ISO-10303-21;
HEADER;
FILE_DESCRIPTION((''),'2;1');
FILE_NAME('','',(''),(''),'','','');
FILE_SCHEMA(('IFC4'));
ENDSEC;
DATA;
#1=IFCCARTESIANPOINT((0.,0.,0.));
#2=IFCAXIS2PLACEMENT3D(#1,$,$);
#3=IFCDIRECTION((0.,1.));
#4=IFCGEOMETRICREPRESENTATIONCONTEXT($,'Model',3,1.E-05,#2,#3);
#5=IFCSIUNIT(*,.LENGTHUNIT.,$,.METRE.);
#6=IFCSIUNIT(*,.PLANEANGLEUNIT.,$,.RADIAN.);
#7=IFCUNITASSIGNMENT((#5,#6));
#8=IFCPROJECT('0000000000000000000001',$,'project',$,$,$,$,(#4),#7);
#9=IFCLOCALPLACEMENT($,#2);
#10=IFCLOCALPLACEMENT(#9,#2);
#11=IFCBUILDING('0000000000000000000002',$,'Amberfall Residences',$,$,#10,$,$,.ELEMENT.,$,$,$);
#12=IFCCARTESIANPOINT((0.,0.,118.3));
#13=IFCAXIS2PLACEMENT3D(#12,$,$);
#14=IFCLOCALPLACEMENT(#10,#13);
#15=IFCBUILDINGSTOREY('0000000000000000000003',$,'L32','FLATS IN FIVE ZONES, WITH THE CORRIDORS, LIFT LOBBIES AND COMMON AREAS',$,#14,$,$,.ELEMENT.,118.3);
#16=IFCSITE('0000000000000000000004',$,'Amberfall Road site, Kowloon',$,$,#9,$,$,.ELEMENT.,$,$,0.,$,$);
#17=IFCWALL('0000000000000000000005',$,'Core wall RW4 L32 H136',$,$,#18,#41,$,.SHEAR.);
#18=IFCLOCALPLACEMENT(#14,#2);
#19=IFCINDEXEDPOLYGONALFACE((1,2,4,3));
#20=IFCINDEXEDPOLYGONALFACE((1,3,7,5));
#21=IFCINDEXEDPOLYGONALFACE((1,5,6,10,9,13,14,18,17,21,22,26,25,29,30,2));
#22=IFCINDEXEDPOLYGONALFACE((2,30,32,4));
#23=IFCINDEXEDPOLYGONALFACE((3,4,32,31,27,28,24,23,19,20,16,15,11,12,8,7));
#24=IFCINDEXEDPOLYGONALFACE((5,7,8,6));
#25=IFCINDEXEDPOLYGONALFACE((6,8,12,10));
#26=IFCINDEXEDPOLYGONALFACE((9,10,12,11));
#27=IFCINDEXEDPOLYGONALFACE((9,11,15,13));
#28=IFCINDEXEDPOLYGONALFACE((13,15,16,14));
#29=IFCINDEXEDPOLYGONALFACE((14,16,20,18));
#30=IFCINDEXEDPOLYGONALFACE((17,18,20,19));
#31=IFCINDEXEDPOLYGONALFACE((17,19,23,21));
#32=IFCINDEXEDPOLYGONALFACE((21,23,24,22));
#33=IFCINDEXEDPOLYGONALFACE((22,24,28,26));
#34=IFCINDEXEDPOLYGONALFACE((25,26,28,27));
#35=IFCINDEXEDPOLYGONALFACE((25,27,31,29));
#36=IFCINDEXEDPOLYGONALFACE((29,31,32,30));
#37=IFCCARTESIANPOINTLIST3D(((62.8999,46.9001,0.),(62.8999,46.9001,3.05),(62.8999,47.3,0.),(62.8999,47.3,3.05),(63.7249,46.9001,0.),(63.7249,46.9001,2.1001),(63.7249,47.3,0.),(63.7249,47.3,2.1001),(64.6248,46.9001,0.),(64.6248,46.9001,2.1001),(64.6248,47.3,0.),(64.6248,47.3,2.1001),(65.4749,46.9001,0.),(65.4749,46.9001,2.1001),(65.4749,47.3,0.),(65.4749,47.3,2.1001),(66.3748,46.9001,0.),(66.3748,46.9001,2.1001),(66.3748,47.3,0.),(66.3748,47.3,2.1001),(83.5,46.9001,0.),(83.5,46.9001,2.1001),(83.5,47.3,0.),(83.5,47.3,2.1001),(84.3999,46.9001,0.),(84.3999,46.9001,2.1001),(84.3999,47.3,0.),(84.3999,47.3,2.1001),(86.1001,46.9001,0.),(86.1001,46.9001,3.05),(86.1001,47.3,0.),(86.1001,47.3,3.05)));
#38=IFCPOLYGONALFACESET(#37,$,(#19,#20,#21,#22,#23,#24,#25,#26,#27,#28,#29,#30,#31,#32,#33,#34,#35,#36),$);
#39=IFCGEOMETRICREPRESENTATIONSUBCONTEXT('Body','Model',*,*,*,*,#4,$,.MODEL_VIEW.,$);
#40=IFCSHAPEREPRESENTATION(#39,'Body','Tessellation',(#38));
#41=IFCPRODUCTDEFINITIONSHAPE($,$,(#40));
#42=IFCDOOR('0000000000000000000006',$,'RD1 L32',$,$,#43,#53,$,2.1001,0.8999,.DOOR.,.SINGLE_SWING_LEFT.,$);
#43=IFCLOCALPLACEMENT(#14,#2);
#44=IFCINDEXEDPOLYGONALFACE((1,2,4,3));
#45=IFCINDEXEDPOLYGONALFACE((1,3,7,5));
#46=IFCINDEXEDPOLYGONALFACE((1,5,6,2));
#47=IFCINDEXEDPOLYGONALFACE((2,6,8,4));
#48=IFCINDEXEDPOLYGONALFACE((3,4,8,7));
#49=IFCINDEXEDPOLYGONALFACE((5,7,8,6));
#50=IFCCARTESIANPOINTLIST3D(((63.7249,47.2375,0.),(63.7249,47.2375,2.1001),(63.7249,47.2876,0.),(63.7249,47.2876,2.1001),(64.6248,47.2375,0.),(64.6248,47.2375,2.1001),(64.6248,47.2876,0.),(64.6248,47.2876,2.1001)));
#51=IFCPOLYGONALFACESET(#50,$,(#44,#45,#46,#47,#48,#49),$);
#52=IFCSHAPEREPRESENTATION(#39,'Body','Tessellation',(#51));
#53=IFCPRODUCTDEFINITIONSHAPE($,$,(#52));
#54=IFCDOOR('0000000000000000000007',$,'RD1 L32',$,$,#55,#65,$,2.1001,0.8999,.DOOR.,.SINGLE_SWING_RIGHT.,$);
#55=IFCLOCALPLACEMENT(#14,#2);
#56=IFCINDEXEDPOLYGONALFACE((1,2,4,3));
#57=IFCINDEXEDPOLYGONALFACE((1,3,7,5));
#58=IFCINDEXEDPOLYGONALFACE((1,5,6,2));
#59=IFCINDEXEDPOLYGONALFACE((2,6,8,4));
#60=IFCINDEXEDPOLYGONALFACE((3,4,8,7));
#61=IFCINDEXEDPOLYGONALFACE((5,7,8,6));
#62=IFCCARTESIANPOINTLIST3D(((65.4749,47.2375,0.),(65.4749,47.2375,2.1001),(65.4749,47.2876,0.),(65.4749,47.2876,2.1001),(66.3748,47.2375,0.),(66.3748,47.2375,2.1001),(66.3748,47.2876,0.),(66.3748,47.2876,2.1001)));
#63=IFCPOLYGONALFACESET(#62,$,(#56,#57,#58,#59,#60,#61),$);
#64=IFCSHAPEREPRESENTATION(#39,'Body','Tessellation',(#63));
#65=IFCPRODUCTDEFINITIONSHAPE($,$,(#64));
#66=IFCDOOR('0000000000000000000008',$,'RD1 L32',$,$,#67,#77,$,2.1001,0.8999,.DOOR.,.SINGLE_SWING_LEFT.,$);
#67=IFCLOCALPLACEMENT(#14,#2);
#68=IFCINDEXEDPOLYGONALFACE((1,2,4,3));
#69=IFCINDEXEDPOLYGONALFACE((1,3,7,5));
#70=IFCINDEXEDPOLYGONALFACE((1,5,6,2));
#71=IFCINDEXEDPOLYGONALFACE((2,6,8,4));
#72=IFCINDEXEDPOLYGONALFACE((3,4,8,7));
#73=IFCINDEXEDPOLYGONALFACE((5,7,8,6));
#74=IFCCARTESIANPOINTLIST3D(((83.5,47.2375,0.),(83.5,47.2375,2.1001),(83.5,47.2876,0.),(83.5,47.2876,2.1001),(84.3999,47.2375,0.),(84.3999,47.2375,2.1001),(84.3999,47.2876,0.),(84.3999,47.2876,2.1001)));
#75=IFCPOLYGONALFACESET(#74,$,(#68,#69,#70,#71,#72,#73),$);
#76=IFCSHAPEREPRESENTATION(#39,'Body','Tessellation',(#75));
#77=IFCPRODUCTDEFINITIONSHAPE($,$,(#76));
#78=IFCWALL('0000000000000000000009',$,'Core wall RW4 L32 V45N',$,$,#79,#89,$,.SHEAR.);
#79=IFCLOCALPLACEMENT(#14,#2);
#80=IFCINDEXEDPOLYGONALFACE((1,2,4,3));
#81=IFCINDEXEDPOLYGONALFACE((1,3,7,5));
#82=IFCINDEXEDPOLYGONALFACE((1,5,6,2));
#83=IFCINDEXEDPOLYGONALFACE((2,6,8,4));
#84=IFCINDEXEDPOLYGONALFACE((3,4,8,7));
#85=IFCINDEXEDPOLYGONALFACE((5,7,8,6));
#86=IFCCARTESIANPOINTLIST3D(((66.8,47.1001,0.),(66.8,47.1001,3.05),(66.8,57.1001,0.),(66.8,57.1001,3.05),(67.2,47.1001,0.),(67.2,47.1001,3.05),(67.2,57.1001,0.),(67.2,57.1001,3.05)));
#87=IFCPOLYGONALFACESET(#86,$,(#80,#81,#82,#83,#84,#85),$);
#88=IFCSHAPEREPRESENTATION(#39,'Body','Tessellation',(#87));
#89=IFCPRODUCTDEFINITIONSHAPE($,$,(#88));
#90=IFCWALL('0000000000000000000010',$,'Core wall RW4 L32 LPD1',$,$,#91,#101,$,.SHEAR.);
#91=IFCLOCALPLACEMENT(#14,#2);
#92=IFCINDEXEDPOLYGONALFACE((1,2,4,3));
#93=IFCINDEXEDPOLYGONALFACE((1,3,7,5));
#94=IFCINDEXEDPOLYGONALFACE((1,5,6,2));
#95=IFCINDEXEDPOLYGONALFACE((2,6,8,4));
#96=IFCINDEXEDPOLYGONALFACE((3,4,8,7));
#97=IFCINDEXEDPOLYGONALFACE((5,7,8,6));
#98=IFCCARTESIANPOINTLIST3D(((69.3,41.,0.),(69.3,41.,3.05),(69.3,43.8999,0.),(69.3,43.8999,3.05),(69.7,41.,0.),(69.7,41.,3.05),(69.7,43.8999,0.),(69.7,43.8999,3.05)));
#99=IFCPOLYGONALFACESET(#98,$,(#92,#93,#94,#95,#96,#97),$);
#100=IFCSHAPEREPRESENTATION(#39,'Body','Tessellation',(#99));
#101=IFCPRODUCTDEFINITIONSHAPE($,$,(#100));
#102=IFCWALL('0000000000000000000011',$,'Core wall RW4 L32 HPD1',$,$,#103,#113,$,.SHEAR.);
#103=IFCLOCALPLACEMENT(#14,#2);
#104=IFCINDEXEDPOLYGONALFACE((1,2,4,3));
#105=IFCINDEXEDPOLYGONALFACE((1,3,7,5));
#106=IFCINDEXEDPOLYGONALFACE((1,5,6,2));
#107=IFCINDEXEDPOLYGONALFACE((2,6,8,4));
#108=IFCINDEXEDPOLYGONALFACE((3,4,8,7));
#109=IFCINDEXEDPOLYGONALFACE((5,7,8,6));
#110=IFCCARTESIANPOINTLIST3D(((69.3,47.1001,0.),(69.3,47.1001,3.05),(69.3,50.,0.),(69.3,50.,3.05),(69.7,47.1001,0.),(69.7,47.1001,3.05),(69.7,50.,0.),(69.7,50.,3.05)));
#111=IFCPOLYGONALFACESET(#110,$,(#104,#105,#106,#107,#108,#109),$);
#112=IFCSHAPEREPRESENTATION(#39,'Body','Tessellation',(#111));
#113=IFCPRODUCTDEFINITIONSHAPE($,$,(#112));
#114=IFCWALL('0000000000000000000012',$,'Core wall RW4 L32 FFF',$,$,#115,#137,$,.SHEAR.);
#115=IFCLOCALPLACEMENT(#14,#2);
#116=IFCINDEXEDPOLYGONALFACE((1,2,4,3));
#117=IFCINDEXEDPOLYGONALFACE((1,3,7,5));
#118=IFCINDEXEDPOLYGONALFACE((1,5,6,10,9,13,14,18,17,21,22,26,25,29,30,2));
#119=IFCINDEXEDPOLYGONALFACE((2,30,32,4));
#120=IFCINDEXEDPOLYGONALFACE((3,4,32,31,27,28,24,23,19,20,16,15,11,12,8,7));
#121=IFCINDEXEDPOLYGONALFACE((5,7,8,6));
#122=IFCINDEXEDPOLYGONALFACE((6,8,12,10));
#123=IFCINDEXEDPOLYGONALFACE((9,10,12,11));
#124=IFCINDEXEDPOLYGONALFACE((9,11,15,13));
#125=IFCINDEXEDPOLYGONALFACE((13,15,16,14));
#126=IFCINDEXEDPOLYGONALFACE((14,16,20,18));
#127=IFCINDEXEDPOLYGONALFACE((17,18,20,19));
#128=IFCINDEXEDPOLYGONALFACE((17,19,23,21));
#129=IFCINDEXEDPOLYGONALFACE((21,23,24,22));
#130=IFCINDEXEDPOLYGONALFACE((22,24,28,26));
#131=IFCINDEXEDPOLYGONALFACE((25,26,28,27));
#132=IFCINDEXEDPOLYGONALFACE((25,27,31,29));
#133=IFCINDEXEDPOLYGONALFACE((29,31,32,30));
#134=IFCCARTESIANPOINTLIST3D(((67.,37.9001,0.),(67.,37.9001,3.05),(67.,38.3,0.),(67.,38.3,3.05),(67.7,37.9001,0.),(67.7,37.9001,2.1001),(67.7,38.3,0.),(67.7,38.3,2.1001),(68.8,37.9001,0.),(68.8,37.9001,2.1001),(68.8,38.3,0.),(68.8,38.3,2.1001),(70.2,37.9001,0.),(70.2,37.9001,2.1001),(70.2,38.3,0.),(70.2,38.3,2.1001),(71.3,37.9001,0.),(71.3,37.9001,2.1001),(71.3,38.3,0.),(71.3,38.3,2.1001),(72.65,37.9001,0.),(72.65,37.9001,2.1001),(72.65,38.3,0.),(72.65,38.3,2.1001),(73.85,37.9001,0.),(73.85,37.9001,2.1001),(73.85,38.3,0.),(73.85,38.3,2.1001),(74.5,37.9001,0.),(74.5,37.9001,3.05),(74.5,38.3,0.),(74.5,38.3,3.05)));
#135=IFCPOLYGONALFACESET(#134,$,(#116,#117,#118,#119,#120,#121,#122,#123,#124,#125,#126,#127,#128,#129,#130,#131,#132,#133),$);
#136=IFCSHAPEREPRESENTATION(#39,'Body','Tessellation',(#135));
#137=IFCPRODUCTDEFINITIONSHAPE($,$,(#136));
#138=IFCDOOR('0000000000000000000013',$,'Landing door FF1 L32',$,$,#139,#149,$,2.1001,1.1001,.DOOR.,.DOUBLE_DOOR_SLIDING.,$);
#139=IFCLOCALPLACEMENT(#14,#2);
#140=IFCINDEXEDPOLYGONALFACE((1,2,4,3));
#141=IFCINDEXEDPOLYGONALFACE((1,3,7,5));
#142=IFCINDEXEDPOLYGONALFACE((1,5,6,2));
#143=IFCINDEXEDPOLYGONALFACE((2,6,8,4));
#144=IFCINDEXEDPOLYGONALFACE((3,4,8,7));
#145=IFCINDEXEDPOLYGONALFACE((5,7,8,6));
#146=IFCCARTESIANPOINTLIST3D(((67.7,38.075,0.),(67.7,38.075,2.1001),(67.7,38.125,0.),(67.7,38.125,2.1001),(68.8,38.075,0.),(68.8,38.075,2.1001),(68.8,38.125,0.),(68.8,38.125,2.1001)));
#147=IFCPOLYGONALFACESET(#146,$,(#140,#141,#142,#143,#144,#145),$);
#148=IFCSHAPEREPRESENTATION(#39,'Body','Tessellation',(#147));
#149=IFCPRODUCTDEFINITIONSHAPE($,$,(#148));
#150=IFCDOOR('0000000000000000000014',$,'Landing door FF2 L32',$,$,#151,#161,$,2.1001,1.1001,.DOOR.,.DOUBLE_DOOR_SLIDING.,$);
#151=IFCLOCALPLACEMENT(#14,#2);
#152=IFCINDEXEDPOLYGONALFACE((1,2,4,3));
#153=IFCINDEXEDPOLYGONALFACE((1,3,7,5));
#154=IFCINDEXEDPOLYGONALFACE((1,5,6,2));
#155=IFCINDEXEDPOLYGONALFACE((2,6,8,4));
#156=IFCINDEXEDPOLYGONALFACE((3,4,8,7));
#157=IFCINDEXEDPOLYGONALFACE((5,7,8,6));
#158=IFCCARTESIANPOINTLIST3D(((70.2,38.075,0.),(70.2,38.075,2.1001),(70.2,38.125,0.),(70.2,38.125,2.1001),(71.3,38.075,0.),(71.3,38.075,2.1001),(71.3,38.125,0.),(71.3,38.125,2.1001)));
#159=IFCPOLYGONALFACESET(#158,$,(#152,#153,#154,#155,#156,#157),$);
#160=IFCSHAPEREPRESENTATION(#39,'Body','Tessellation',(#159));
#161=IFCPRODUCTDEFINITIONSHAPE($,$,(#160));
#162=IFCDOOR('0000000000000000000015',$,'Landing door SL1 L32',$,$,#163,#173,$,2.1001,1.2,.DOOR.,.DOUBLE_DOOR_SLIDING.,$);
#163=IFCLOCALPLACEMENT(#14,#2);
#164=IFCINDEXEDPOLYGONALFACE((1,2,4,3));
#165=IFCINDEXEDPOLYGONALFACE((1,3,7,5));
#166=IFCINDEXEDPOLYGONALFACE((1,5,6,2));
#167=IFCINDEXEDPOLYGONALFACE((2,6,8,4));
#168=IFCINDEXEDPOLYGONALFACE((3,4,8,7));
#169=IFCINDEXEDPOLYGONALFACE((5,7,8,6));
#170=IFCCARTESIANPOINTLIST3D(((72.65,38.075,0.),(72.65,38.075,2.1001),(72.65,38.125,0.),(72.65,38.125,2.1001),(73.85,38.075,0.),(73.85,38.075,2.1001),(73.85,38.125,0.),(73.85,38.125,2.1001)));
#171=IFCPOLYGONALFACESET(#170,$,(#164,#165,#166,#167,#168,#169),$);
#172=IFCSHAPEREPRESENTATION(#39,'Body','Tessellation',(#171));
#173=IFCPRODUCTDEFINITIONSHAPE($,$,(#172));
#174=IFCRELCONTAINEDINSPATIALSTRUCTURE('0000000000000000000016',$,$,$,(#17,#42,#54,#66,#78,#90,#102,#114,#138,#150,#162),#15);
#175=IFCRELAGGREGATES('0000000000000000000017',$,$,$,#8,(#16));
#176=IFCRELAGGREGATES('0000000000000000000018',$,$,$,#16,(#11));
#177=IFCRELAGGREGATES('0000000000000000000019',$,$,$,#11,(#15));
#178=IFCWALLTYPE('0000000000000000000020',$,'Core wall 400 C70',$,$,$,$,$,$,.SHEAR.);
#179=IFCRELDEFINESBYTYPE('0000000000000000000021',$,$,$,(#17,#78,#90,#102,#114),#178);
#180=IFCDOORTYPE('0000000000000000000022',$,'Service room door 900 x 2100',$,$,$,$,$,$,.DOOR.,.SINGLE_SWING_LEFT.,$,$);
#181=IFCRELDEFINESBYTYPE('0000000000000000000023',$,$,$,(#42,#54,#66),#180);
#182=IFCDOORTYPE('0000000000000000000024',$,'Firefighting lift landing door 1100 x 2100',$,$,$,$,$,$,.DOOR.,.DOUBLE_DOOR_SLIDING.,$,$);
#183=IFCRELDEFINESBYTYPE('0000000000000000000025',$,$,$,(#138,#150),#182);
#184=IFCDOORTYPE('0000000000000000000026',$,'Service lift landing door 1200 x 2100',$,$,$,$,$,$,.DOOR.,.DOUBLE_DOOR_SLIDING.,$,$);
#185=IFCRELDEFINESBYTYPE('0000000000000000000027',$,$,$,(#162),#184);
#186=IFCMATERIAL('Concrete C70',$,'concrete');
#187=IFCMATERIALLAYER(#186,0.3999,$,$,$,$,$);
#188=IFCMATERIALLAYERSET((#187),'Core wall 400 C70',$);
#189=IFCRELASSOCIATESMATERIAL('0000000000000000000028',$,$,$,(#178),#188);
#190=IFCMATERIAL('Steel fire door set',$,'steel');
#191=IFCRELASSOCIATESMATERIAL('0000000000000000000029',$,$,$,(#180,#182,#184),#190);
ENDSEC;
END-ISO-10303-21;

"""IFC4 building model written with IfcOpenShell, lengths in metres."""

from ifc_helpers import new_model, si_unit, direction, frame, frame_2d, origin, place, context, subcontext, project, spatial, rectangle, extrude, material, layer, layer_set, type_object, element, fill, save


model = new_model("IFC4")

# Units and contexts
model_context = context("Model", 3, precision=1e-05, world=origin(), true_north=direction((0.0, 1.0)))
body_context = subcontext(model_context, "Body", "Model", "MODEL_VIEW")
ifc_project = project(units=[si_unit("LENGTHUNIT", "METRE"), si_unit("PLANEANGLEUNIT", "RADIAN")], contexts=[model_context])

# Site, building, storey
site_placement = place(None, origin())
site = spatial("IfcSite", under=ifc_project, at=site_placement, Name="Amberfall Road site, Kowloon", CompositionType="ELEMENT", RefElevation=0.0)
building_placement = place(site_placement, origin())
building = spatial("IfcBuilding", under=site, at=building_placement, Name="Amberfall Residences", CompositionType="ELEMENT")
storey_placement = place(building_placement, frame((0.0, 0.0, 118.3)))
storey = spatial("IfcBuildingStorey", under=building, at=storey_placement, Name="L32", Description="FLATS IN FIVE ZONES, WITH THE CORRIDORS, LIFT LOBBIES AND COMMON AREAS", CompositionType="ELEMENT", Elevation=118.3)

# Shared definitions
ifc_material_1 = material(Name="Concrete C70", Category="concrete")
ifc_layer = layer(ifc_material_1, 0.3999)
ifc_layer_set = layer_set([ifc_layer], Name="Core wall 400 C70")
wall_type = type_object("IfcWallType", Name="Core wall 400 C70", PredefinedType="SHEAR", material=ifc_layer_set)

# Wall, openings, doors
ifc_material_2 = material(Name="Steel fire door set", Category="steel")
door_type_1 = type_object("IfcDoorType", Name="Service room door 900 x 2100", OperationType="SINGLE_SWING_LEFT", PredefinedType="DOOR", material=ifc_material_2)
wall_1_placement = place(storey_placement, frame((62.8999, 47.1001, 0.0), z_axis=(0.0, 0.0, 1.0), x_axis=(1.0, 0.0, 0.0)))
wall_1 = element("IfcWall", 1, at=wall_1_placement, inside=storey, type_object=wall_type, Name="Core wall RW4 L32 H136", PredefinedType="SHEAR", context=body_context, shape_type="SweptSolid", body=[
    extrude(rectangle(XDim=23.2002, YDim=0.3999, at=frame_2d((11.6001, 0.0))), origin(), (0.0, 0.0, 1.0), 3.05),
])
opening_1_placement = place(wall_1_placement, frame((0.825, 0.0, 0.0)))
opening_1 = element("IfcOpeningElement", 2, at=opening_1_placement, cuts=wall_1, PredefinedType="OPENING", context=body_context, shape_type="SweptSolid", body=[
    extrude(rectangle(XDim=0.8999, YDim=2.1001, at=frame_2d((0.45, 1.05))), frame((0.0, 0.21, 0.0), z_axis=(0.0, -1.0, 0.0), x_axis=(1.0, 0.0, 0.0)), (0.0, 0.0, 1.0), 0.4199),
])
opening_2_placement = place(wall_1_placement, frame((2.575, 0.0, 0.0)))
opening_2 = element("IfcOpeningElement", 3, at=opening_2_placement, cuts=wall_1, PredefinedType="OPENING", context=body_context, shape_type="SweptSolid", body=[
    extrude(rectangle(XDim=0.8999, YDim=2.1001, at=frame_2d((0.45, 1.05))), frame((0.0, 0.21, 0.0), z_axis=(0.0, -1.0, 0.0), x_axis=(1.0, 0.0, 0.0)), (0.0, 0.0, 1.0), 0.4199),
])
opening_3_placement = place(wall_1_placement, frame((20.6001, 0.0, 0.0)))
opening_3 = element("IfcOpeningElement", 4, at=opening_3_placement, cuts=wall_1, PredefinedType="OPENING", context=body_context, shape_type="SweptSolid", body=[
    extrude(rectangle(XDim=0.8999, YDim=2.1001, at=frame_2d((0.45, 1.05))), frame((0.0, 0.21, 0.0), z_axis=(0.0, -1.0, 0.0), x_axis=(1.0, 0.0, 0.0)), (0.0, 0.0, 1.0), 0.4199),
])
door_1_placement = place(opening_1_placement, origin())
door_1 = element("IfcDoor", 5, at=door_1_placement, inside=storey, type_object=door_type_1, Name="RD1 L32", OperationType="SINGLE_SWING_LEFT", OverallHeight=2.1001, OverallWidth=0.8999, PredefinedType="DOOR", context=body_context, shape_type="SweptSolid", body=[
    extrude(rectangle(XDim=0.8999, YDim=2.1001, at=frame_2d((0.45, 1.05))), frame((0.0, 0.1875, 0.0), z_axis=(0.0, -1.0, 0.0), x_axis=(1.0, 0.0, 0.0)), (0.0, 0.0, 1.0), 0.05),
])
fill(opening_1, door_1)
door_2_placement = place(opening_2_placement, origin())
door_2 = element("IfcDoor", 6, at=door_2_placement, inside=storey, type_object=door_type_1, Name="RD1 L32", OperationType="SINGLE_SWING_RIGHT", OverallHeight=2.1001, OverallWidth=0.8999, PredefinedType="DOOR", context=body_context, shape_type="SweptSolid", body=[
    extrude(rectangle(XDim=0.8999, YDim=2.1001, at=frame_2d((0.45, 1.05))), frame((0.0, 0.1875, 0.0), z_axis=(0.0, -1.0, 0.0), x_axis=(1.0, 0.0, 0.0)), (0.0, 0.0, 1.0), 0.05),
])
fill(opening_2, door_2)
door_3_placement = place(opening_3_placement, origin())
door_3 = element("IfcDoor", 7, at=door_3_placement, inside=storey, type_object=door_type_1, Name="RD1 L32", OperationType="SINGLE_SWING_LEFT", OverallHeight=2.1001, OverallWidth=0.8999, PredefinedType="DOOR", context=body_context, shape_type="SweptSolid", body=[
    extrude(rectangle(XDim=0.8999, YDim=2.1001, at=frame_2d((0.45, 1.05))), frame((0.0, 0.1875, 0.0), z_axis=(0.0, -1.0, 0.0), x_axis=(1.0, 0.0, 0.0)), (0.0, 0.0, 1.0), 0.05),
])
fill(opening_3, door_3)

# Walls
wall_2_placement = place(storey_placement, frame((67.0, 47.1001, 0.0), z_axis=(0.0, 0.0, 1.0), x_axis=(0.0, 1.0, 0.0)))
element("IfcWall", 8, at=wall_2_placement, inside=storey, type_object=wall_type, Name="Core wall RW4 L32 V45N", PredefinedType="SHEAR", context=body_context, shape_type="SweptSolid", body=[
    extrude(rectangle(XDim=10.0, YDim=0.3999, at=frame_2d((5.0, 0.0))), origin(), (0.0, 0.0, 1.0), 3.05),
])
for number, where, z_axis, x_axis, name in (
    (9, (69.5, 41.0, 0.0), (0.0, 0.0, 1.0), (0.0, 1.0, 0.0), "Core wall RW4 L32 LPD1"),
    (10, (69.5, 47.1001, 0.0), (0.0, 0.0, 1.0), (0.0, 1.0, 0.0), "Core wall RW4 L32 HPD1"),
):
    element("IfcWall", number, at=place(storey_placement, frame(where, z_axis=z_axis, x_axis=x_axis)), inside=storey, type_object=wall_type, Name=name, PredefinedType="SHEAR", context=body_context, shape_type="SweptSolid", body=[
        extrude(rectangle(XDim=2.8999, YDim=0.3999, at=frame_2d((1.45, 0.0))), origin(), (0.0, 0.0, 1.0), 3.05),
    ])

# Wall, openings, doors
wall_3_placement = place(storey_placement, frame((67.0, 38.1001, 0.0), z_axis=(0.0, 0.0, 1.0), x_axis=(1.0, 0.0, 0.0)))
wall_3 = element("IfcWall", 11, at=wall_3_placement, inside=storey, type_object=wall_type, Name="Core wall RW4 L32 FFF", PredefinedType="SHEAR", context=body_context, shape_type="SweptSolid", body=[
    extrude(rectangle(XDim=7.5, YDim=0.3999, at=frame_2d((3.75, 0.0))), origin(), (0.0, 0.0, 1.0), 3.05),
])
opening_4_placement = place(wall_3_placement, frame((0.7, 0.0, 0.0)))
opening_4 = element("IfcOpeningElement", 12, at=opening_4_placement, cuts=wall_3, PredefinedType="OPENING", context=body_context, shape_type="SweptSolid", body=[
    extrude(rectangle(XDim=1.1001, YDim=2.1001, at=frame_2d((0.55, 1.05))), frame((0.0, 0.21, 0.0), z_axis=(0.0, -1.0, 0.0), x_axis=(1.0, 0.0, 0.0)), (0.0, 0.0, 1.0), 0.4199),
])
opening_5_placement = place(wall_3_placement, frame((3.2, 0.0, 0.0)))
opening_5 = element("IfcOpeningElement", 13, at=opening_5_placement, cuts=wall_3, PredefinedType="OPENING", context=body_context, shape_type="SweptSolid", body=[
    extrude(rectangle(XDim=1.1001, YDim=2.1001, at=frame_2d((0.55, 1.05))), frame((0.0, 0.21, 0.0), z_axis=(0.0, -1.0, 0.0), x_axis=(1.0, 0.0, 0.0)), (0.0, 0.0, 1.0), 0.4199),
])
opening_6_placement = place(wall_3_placement, frame((5.6499, 0.0, 0.0)))
opening_6 = element("IfcOpeningElement", 14, at=opening_6_placement, cuts=wall_3, PredefinedType="OPENING", context=body_context, shape_type="SweptSolid", body=[
    extrude(rectangle(XDim=1.2, YDim=2.1001, at=frame_2d((0.6001, 1.05))), frame((0.0, 0.21, 0.0), z_axis=(0.0, -1.0, 0.0), x_axis=(1.0, 0.0, 0.0)), (0.0, 0.0, 1.0), 0.4199),
])
door_type_2 = type_object("IfcDoorType", Name="Firefighting lift landing door 1100 x 2100", OperationType="DOUBLE_DOOR_SLIDING", PredefinedType="DOOR", material=ifc_material_2)
door_4_placement = place(opening_4_placement, origin())
door_4 = element("IfcDoor", 15, at=door_4_placement, inside=storey, type_object=door_type_2, Name="Landing door FF1 L32", OperationType="DOUBLE_DOOR_SLIDING", OverallHeight=2.1001, OverallWidth=1.1001, PredefinedType="DOOR", context=body_context, shape_type="SweptSolid", body=[
    extrude(rectangle(XDim=1.1001, YDim=2.1001, at=frame_2d((0.55, 1.05))), frame((0.0, 0.0249, 0.0), z_axis=(0.0, -1.0, 0.0), x_axis=(1.0, 0.0, 0.0)), (0.0, 0.0, 1.0), 0.05),
])
fill(opening_4, door_4)
door_5_placement = place(opening_5_placement, origin())
door_5 = element("IfcDoor", 16, at=door_5_placement, inside=storey, type_object=door_type_2, Name="Landing door FF2 L32", OperationType="DOUBLE_DOOR_SLIDING", OverallHeight=2.1001, OverallWidth=1.1001, PredefinedType="DOOR", context=body_context, shape_type="SweptSolid", body=[
    extrude(rectangle(XDim=1.1001, YDim=2.1001, at=frame_2d((0.55, 1.05))), frame((0.0, 0.0249, 0.0), z_axis=(0.0, -1.0, 0.0), x_axis=(1.0, 0.0, 0.0)), (0.0, 0.0, 1.0), 0.05),
])
fill(opening_5, door_5)
door_type_3 = type_object("IfcDoorType", Name="Service lift landing door 1200 x 2100", OperationType="DOUBLE_DOOR_SLIDING", PredefinedType="DOOR", material=ifc_material_2)
door_6_placement = place(opening_6_placement, origin())
door_6 = element("IfcDoor", 17, at=door_6_placement, inside=storey, type_object=door_type_3, Name="Landing door SL1 L32", OperationType="DOUBLE_DOOR_SLIDING", OverallHeight=2.1001, OverallWidth=1.2, PredefinedType="DOOR", context=body_context, shape_type="SweptSolid", body=[
    extrude(rectangle(XDim=1.2, YDim=2.1001, at=frame_2d((0.6001, 1.05))), frame((0.0, 0.0249, 0.0), z_axis=(0.0, -1.0, 0.0), x_axis=(1.0, 0.0, 0.0)), (0.0, 0.0, 1.0), 0.05),
])
fill(opening_6, door_6)

save(model, "model.ifc")
